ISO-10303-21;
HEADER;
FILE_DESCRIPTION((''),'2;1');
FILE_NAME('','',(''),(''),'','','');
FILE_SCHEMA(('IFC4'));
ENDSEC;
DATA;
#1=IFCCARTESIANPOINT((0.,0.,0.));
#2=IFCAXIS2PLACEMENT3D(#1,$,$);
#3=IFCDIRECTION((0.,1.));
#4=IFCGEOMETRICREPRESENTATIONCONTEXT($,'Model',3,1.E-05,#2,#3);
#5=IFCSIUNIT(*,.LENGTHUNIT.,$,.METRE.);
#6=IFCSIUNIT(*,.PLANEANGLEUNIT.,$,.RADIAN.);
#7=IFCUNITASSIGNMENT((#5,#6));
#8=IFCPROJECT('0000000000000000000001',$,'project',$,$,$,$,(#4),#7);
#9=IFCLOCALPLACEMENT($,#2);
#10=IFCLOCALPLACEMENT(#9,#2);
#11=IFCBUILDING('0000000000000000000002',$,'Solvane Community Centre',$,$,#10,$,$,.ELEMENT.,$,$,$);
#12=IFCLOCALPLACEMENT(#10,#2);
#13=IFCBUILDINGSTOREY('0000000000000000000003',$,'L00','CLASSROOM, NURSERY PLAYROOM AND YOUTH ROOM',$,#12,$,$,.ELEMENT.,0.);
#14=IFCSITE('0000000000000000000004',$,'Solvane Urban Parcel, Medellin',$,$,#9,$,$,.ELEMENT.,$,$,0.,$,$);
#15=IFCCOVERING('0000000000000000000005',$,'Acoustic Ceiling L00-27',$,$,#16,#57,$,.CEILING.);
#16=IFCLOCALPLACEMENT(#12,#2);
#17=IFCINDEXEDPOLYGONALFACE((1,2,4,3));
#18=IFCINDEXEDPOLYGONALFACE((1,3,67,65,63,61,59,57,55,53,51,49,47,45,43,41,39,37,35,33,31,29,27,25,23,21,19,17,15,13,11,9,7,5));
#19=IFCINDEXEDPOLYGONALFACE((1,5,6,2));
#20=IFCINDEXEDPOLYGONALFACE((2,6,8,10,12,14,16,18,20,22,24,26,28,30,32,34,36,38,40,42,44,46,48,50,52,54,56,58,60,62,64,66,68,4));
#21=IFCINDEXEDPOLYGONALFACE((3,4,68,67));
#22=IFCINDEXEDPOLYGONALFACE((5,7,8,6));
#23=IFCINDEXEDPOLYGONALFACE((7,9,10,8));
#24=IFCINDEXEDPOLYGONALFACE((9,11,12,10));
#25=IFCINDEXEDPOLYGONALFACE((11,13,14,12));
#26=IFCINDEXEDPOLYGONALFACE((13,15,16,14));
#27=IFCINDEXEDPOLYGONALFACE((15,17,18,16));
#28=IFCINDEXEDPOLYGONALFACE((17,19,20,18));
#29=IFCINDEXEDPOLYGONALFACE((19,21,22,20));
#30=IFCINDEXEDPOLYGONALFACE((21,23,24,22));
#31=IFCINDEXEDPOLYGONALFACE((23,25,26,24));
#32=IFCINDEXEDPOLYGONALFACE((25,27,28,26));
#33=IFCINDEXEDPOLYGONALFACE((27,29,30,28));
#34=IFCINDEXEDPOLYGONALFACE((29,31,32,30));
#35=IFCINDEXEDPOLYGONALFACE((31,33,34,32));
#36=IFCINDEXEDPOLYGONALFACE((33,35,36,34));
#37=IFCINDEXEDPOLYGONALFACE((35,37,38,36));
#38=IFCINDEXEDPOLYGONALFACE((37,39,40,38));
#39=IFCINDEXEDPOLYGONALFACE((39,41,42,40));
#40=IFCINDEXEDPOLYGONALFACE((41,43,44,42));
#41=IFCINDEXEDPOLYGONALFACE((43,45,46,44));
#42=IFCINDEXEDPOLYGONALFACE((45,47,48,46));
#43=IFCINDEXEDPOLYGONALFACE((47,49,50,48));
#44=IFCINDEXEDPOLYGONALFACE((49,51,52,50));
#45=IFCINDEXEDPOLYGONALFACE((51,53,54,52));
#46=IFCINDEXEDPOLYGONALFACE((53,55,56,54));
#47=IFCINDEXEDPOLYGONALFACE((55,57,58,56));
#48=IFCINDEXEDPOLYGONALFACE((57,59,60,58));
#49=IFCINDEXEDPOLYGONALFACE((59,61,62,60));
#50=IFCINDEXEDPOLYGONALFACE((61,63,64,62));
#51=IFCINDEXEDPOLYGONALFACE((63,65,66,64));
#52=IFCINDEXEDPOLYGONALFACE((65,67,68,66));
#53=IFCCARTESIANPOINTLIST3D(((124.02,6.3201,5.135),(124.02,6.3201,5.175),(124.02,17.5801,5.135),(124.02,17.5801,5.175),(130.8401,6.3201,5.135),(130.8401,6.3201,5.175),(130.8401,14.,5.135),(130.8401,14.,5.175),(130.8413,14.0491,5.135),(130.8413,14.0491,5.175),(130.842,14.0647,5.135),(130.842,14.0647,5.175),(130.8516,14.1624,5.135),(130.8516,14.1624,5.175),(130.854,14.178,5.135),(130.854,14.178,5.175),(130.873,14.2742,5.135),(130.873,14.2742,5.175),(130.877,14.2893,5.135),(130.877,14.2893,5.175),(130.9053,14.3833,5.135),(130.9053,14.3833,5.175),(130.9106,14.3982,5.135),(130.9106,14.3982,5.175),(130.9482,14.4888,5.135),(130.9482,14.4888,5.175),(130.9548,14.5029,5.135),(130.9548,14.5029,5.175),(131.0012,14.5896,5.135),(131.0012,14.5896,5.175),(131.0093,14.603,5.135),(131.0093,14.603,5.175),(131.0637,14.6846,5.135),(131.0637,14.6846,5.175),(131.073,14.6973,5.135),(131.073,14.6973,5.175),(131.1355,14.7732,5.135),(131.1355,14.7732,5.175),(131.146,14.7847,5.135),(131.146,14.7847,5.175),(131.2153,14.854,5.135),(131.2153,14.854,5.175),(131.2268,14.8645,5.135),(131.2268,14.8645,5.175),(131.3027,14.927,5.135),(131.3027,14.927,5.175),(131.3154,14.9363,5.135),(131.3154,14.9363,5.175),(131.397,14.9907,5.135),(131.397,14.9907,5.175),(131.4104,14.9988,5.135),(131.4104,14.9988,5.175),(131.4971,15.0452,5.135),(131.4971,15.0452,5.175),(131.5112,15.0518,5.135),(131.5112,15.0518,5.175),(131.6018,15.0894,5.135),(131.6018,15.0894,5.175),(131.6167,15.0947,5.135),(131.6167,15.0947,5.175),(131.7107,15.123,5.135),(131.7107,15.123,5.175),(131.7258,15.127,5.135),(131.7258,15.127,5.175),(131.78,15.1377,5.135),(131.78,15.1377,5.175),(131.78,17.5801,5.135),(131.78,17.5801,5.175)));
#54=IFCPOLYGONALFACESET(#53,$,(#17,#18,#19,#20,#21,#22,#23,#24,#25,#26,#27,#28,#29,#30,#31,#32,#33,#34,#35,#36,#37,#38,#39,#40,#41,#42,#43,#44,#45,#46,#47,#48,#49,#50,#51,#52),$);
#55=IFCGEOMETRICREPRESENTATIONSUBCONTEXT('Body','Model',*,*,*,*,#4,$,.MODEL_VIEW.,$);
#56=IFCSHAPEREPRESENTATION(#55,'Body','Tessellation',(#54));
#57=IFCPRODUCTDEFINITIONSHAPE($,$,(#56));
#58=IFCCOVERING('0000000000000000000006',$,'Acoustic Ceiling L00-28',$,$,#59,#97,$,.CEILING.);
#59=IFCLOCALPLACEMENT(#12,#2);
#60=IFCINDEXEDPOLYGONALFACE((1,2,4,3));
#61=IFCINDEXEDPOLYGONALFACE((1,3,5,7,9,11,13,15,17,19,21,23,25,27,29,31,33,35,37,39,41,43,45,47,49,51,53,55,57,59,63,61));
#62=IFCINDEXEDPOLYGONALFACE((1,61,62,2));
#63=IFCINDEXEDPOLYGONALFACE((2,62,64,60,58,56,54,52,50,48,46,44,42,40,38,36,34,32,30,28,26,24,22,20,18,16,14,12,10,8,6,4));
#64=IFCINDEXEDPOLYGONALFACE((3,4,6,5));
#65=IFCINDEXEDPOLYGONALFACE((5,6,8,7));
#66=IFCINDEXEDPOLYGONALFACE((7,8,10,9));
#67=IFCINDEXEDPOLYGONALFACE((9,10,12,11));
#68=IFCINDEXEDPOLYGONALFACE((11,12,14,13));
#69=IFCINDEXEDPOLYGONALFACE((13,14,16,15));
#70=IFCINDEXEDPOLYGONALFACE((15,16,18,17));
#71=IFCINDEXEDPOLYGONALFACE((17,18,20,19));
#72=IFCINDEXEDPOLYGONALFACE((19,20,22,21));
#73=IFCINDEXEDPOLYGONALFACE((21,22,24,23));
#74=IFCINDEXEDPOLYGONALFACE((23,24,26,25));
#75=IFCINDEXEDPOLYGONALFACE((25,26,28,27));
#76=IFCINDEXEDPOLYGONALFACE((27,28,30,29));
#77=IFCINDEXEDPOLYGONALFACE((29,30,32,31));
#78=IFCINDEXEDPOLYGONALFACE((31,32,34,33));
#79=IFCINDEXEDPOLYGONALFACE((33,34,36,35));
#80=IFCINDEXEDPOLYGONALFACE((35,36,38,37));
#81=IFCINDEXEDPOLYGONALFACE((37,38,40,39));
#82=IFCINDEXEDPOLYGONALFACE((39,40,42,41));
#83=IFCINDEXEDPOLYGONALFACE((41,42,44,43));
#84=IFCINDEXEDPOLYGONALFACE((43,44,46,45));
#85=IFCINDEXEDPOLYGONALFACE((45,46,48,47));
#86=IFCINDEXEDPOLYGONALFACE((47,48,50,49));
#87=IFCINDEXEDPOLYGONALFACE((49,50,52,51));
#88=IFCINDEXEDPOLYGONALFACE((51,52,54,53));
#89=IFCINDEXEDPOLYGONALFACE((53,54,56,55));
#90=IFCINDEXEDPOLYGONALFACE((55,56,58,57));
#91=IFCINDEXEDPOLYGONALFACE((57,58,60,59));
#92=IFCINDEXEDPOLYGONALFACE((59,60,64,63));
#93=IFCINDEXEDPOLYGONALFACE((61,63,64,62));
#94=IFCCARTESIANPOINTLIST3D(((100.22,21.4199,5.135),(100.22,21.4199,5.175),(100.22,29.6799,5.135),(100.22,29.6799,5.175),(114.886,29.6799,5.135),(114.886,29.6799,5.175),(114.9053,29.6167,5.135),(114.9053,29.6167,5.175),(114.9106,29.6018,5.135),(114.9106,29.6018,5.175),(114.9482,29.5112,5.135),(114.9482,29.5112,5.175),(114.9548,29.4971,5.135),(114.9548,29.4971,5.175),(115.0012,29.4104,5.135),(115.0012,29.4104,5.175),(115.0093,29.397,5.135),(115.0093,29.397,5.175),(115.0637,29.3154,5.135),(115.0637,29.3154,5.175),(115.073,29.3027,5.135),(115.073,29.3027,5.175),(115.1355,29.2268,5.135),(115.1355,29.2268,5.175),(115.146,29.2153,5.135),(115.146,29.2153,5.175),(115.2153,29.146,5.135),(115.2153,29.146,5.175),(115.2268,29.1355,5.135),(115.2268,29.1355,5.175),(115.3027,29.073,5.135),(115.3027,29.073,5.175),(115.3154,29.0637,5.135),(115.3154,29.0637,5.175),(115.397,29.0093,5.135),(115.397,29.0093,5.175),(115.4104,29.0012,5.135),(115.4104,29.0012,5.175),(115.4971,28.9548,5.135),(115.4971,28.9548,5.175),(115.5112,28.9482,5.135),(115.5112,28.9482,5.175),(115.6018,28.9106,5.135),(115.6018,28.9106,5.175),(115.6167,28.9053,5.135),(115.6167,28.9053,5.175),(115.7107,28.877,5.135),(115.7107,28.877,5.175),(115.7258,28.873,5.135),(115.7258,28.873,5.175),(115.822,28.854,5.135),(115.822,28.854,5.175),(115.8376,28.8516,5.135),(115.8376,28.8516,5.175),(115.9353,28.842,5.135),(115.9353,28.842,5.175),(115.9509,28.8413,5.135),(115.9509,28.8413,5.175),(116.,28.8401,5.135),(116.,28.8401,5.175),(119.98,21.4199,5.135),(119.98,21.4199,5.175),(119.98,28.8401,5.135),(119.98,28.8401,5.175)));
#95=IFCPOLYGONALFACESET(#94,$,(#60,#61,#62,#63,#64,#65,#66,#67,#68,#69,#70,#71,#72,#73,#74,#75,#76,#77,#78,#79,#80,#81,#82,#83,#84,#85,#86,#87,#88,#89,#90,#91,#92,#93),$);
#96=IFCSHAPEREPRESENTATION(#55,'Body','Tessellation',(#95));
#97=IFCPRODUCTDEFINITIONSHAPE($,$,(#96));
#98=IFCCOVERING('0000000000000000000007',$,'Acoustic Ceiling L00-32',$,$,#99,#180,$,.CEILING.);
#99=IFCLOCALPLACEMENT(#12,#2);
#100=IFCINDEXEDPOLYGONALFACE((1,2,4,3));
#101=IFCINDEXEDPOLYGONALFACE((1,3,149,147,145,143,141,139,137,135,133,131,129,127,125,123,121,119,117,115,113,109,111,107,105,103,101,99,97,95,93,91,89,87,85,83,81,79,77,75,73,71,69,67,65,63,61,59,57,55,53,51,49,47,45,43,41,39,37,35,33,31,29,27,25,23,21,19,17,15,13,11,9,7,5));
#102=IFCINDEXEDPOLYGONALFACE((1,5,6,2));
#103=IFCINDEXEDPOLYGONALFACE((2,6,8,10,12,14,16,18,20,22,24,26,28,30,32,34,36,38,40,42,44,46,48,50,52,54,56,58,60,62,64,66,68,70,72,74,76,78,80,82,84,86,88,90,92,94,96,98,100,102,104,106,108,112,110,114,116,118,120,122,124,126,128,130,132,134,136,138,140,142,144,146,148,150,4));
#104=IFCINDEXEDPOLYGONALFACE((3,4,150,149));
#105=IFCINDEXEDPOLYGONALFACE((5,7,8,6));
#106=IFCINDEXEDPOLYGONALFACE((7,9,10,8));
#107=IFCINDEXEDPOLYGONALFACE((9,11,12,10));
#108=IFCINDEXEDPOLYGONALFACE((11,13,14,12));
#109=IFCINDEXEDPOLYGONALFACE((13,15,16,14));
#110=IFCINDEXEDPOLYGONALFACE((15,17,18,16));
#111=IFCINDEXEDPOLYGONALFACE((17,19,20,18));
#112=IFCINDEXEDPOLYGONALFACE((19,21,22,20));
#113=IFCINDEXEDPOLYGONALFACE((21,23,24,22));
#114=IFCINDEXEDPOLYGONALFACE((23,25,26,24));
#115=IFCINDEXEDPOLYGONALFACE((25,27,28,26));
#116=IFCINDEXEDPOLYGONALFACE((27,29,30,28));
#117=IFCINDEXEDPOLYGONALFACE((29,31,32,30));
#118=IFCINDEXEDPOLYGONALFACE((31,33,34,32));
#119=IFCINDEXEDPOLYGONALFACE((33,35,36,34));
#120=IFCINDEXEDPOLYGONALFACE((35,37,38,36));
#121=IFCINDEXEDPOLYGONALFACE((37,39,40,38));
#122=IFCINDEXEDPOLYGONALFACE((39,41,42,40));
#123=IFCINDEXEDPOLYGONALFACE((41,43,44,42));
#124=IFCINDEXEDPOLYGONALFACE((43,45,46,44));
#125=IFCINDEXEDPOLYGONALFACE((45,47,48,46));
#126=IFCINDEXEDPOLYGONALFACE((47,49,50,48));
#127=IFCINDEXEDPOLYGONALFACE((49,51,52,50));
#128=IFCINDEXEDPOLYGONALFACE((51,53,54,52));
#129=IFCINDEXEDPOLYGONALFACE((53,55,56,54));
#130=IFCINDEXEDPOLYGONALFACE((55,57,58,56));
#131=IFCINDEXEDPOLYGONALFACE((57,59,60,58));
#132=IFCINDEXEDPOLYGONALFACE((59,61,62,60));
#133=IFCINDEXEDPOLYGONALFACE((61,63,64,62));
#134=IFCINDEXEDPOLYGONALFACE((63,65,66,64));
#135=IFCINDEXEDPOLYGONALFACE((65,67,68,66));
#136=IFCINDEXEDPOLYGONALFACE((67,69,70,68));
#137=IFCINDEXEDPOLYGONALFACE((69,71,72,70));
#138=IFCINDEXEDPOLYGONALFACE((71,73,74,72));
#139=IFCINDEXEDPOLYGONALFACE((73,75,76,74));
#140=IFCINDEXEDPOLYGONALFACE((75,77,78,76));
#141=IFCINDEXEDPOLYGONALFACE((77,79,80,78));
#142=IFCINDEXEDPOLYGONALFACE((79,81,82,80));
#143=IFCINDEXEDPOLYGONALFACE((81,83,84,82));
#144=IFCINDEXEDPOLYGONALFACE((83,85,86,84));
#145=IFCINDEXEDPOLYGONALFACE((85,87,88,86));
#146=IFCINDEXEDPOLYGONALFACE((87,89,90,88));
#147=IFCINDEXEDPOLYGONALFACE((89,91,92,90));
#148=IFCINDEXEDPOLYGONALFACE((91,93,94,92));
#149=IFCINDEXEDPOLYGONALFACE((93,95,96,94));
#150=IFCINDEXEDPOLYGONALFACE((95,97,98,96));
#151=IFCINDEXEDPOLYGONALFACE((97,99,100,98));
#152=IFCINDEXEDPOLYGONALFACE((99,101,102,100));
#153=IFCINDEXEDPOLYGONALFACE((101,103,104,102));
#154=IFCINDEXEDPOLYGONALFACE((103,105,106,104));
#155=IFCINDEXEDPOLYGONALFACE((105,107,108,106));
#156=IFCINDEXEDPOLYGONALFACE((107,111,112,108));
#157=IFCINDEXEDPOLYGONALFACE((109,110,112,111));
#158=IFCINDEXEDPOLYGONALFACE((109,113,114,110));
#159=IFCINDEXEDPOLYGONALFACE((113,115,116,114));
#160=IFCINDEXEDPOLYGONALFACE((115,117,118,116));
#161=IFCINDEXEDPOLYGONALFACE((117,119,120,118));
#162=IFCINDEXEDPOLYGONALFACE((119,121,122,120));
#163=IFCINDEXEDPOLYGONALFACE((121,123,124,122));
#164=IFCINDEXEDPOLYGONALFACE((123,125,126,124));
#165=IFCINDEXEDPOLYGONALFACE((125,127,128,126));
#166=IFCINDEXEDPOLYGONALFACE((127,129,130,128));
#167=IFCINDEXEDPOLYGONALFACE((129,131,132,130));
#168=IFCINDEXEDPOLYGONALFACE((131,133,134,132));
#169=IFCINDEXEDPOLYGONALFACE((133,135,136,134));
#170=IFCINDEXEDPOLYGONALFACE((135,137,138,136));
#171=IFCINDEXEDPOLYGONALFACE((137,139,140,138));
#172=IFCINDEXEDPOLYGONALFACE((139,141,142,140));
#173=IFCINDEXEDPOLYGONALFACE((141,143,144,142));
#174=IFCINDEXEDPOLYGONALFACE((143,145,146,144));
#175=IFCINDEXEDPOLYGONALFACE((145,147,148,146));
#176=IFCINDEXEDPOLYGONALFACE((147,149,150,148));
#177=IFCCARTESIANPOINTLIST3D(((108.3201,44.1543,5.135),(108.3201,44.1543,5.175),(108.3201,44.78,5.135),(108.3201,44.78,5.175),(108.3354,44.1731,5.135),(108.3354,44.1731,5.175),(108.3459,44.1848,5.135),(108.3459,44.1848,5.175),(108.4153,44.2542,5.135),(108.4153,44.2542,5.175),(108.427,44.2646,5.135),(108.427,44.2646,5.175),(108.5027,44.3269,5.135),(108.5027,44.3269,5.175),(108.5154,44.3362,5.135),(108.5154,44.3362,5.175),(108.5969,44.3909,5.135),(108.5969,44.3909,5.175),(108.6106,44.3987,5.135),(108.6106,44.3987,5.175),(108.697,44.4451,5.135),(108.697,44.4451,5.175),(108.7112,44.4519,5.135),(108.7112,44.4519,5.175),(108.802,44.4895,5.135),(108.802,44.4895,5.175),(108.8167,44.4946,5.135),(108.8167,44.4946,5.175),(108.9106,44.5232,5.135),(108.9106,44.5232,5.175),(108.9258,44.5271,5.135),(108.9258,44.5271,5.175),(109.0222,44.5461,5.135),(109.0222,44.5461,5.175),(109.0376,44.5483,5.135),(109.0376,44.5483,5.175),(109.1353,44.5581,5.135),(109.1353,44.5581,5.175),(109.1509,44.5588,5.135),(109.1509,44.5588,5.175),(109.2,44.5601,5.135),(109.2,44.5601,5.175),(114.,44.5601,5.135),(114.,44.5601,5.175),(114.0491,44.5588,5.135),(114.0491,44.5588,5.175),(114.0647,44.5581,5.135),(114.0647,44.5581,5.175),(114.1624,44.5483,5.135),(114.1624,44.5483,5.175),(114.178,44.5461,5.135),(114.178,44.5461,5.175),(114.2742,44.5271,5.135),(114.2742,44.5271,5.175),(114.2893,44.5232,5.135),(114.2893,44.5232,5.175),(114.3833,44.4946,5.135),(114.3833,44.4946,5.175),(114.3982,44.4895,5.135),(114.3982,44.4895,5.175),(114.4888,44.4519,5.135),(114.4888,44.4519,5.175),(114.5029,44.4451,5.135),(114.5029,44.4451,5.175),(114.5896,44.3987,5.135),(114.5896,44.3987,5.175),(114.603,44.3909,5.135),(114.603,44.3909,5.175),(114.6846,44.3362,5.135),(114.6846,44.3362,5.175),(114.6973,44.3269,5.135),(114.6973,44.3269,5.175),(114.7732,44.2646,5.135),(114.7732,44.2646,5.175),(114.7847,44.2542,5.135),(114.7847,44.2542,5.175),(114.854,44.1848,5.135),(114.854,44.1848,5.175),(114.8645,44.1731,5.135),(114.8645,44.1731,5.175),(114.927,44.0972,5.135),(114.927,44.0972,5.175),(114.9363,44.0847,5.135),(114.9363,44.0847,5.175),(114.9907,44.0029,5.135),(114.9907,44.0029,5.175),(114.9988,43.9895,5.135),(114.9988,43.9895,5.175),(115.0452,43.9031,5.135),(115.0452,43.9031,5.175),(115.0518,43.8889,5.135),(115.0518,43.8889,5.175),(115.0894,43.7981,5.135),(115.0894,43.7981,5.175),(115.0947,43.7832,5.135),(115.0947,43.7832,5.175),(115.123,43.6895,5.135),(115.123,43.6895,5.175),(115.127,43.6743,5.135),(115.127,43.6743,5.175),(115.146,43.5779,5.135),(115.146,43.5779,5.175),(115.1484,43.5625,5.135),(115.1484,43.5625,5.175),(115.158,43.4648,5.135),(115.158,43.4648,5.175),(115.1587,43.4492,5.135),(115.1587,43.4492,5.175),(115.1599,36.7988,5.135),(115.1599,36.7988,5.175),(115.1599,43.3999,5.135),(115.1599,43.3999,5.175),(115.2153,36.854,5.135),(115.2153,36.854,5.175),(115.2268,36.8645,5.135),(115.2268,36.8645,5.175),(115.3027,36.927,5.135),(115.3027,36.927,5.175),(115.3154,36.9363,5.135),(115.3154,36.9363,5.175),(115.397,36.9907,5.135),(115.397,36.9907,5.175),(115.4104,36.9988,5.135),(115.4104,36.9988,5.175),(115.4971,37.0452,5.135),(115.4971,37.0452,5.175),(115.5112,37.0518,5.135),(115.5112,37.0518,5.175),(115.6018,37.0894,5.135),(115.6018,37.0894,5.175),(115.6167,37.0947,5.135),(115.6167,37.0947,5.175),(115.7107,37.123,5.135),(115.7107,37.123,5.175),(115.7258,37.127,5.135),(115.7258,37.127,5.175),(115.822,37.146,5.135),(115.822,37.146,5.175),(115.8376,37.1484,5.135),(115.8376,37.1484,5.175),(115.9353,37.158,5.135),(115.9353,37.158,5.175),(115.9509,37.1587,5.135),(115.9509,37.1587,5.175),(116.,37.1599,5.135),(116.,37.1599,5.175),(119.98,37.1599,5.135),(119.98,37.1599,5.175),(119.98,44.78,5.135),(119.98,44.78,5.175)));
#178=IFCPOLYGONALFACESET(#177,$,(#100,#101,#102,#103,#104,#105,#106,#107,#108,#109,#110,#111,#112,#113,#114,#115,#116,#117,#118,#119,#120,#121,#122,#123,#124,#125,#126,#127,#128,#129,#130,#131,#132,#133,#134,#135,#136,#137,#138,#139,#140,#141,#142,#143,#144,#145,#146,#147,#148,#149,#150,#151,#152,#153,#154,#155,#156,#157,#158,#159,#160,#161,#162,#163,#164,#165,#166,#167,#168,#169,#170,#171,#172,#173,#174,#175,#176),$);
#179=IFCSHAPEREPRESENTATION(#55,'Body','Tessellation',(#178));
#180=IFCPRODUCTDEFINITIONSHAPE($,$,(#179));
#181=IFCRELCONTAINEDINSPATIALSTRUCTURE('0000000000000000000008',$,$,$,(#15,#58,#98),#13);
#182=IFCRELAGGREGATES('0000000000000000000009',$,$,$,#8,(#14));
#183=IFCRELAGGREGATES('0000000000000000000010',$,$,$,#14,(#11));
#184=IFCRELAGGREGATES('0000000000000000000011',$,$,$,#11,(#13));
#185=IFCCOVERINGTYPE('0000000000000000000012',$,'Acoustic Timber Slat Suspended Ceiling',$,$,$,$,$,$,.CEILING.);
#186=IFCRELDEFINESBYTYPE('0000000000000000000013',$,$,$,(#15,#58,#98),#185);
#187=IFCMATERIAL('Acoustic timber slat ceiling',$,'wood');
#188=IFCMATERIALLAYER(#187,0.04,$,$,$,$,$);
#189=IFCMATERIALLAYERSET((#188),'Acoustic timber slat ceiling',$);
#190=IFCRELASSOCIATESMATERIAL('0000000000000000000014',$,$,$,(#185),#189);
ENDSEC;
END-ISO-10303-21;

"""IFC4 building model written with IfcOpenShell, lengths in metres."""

from ifc_helpers import new_model, si_unit, direction, frame, origin, place, context, subcontext, project, spatial, polyline, outline, extrude, material, layer, layer_set, type_object, element, save


model = new_model("IFC4")

# Units and contexts
model_context = context("Model", 3, precision=1e-05, world=origin(), true_north=direction((0.0, 1.0)))
body_context = subcontext(model_context, "Body", "Model", "MODEL_VIEW")
ifc_project = project(units=[si_unit("LENGTHUNIT", "METRE"), si_unit("PLANEANGLEUNIT", "RADIAN")], contexts=[model_context])

# Site, building, storey
site_placement = place(None, origin())
site = spatial("IfcSite", under=ifc_project, at=site_placement, Name="Solvane Urban Parcel, Medellin", CompositionType="ELEMENT", RefElevation=0.0)
building_placement = place(site_placement, origin())
building = spatial("IfcBuilding", under=site, at=building_placement, Name="Solvane Community Centre", CompositionType="ELEMENT")
storey_placement = place(building_placement, origin())
storey = spatial("IfcBuildingStorey", under=building, at=storey_placement, Name="L00", Description="CLASSROOM, NURSERY PLAYROOM AND YOUTH ROOM", CompositionType="ELEMENT", Elevation=0.0)

# Coverings
ifc_material_1 = material(Name="Acoustic timber slat ceiling", Category="wood")
ifc_layer_1 = layer(ifc_material_1, 0.04)
ifc_layer_set_1 = layer_set([ifc_layer_1], Name="Acoustic timber slat ceiling")
covering_type = type_object("IfcCoveringType", Name="Acoustic Timber Slat Suspended Ceiling", PredefinedType="CEILING", material=ifc_layer_set_1)
covering_1_placement = place(storey_placement, frame((0.0, 0.0, 5.135)))
element("IfcCovering", 1, at=covering_1_placement, inside=storey, type_object=covering_type, Name="Acoustic Ceiling L00-27", PredefinedType="CEILING", context=body_context, shape_type="SweptSolid", body=[
    extrude(outline(polyline([(124.02, 6.3201), (124.02, 17.5801), (131.78, 17.5801), (131.78, 15.1377), (131.7258, 15.127), (131.7107, 15.123), (131.6167, 15.0947), (131.6018, 15.0894), (131.5112, 15.0518), (131.4971, 15.0452), (131.4104, 14.9988), (131.397, 14.9907), (131.3154, 14.9363), (131.3027, 14.927), (131.2268, 14.8645), (131.2153, 14.854), (131.146, 14.7847), (131.1355, 14.7732), (131.073, 14.6973), (131.0637, 14.6846), (131.0093, 14.603), (131.0012, 14.5896), (130.9548, 14.5029), (130.9482, 14.4888), (130.9106, 14.3982), (130.9053, 14.3833), (130.877, 14.2893), (130.873, 14.2742), (130.854, 14.178), (130.8516, 14.1624), (130.842, 14.0647), (130.8413, 14.0491), (130.8401, 14.0), (130.8401, 6.3201), (124.02, 6.3201)])), origin(), (0.0, 0.0, 1.0), 0.04),
])
covering_2_placement = place(storey_placement, frame((0.0, 0.0, 5.135)))
element("IfcCovering", 2, at=covering_2_placement, inside=storey, type_object=covering_type, Name="Acoustic Ceiling L00-28", PredefinedType="CEILING", context=body_context, shape_type="SweptSolid", body=[
    extrude(outline(polyline([(119.98, 21.4199), (100.22, 21.4199), (100.22, 29.6799), (114.886, 29.6799), (114.9053, 29.6167), (114.9106, 29.6018), (114.9482, 29.5112), (114.9548, 29.4971), (115.0012, 29.4104), (115.0093, 29.397), (115.0637, 29.3154), (115.073, 29.3027), (115.1355, 29.2268), (115.146, 29.2153), (115.2153, 29.146), (115.2268, 29.1355), (115.3027, 29.073), (115.3154, 29.0637), (115.397, 29.0093), (115.4104, 29.0012), (115.4971, 28.9548), (115.5112, 28.9482), (115.6018, 28.9106), (115.6167, 28.9053), (115.7107, 28.877), (115.7258, 28.873), (115.822, 28.854), (115.8376, 28.8516), (115.9353, 28.842), (115.9509, 28.8413), (116.0, 28.8401), (119.98, 28.8401), (119.98, 21.4199)])), origin(), (0.0, 0.0, 1.0), 0.04),
])
covering_3_placement = place(storey_placement, frame((0.0, 0.0, 5.135)))
element("IfcCovering", 3, at=covering_3_placement, inside=storey, type_object=covering_type, Name="Acoustic Ceiling L00-32", PredefinedType="CEILING", context=body_context, shape_type="SweptSolid", body=[
    extrude(outline(polyline([(108.3201, 44.78), (119.98, 44.78), (119.98, 37.1599), (116.0, 37.1599), (115.9509, 37.1587), (115.9353, 37.158), (115.8376, 37.1484), (115.822, 37.146), (115.7258, 37.127), (115.7107, 37.123), (115.6167, 37.0947), (115.6018, 37.0894), (115.5112, 37.0518), (115.4971, 37.0452), (115.4104, 36.9988), (115.397, 36.9907), (115.3154, 36.9363), (115.3027, 36.927), (115.2268, 36.8645), (115.2153, 36.854), (115.1599, 36.7988), (115.1599, 43.3999), (115.1587, 43.4492), (115.158, 43.4648), (115.1484, 43.5625), (115.146, 43.5779), (115.127, 43.6743), (115.123, 43.6895), (115.0947, 43.7832), (115.0894, 43.7981), (115.0518, 43.8889), (115.0452, 43.9031), (114.9988, 43.9895), (114.9907, 44.0029), (114.9363, 44.0847), (114.927, 44.0972), (114.8645, 44.1731), (114.854, 44.1848), (114.7847, 44.2542), (114.7732, 44.2646), (114.6973, 44.3269), (114.6846, 44.3362), (114.603, 44.3909), (114.5896, 44.3987), (114.5029, 44.4451), (114.4888, 44.4519), (114.3982, 44.4895), (114.3833, 44.4946), (114.2893, 44.5232), (114.2742, 44.5271), (114.178, 44.5461), (114.1624, 44.5483), (114.0647, 44.5581), (114.0491, 44.5588), (114.0, 44.5601), (109.2, 44.5601), (109.1509, 44.5588), (109.1353, 44.5581), (109.0376, 44.5483), (109.0222, 44.5461), (108.9258, 44.5271), (108.9106, 44.5232), (108.8167, 44.4946), (108.802, 44.4895), (108.7112, 44.4519), (108.697, 44.4451), (108.6106, 44.3987), (108.5969, 44.3909), (108.5154, 44.3362), (108.5027, 44.3269), (108.427, 44.2646), (108.4153, 44.2542), (108.3459, 44.1848), (108.3354, 44.1731), (108.3201, 44.1543), (108.3201, 44.78)])), origin(), (0.0, 0.0, 1.0), 0.04),
])

save(model, "model.ifc")
